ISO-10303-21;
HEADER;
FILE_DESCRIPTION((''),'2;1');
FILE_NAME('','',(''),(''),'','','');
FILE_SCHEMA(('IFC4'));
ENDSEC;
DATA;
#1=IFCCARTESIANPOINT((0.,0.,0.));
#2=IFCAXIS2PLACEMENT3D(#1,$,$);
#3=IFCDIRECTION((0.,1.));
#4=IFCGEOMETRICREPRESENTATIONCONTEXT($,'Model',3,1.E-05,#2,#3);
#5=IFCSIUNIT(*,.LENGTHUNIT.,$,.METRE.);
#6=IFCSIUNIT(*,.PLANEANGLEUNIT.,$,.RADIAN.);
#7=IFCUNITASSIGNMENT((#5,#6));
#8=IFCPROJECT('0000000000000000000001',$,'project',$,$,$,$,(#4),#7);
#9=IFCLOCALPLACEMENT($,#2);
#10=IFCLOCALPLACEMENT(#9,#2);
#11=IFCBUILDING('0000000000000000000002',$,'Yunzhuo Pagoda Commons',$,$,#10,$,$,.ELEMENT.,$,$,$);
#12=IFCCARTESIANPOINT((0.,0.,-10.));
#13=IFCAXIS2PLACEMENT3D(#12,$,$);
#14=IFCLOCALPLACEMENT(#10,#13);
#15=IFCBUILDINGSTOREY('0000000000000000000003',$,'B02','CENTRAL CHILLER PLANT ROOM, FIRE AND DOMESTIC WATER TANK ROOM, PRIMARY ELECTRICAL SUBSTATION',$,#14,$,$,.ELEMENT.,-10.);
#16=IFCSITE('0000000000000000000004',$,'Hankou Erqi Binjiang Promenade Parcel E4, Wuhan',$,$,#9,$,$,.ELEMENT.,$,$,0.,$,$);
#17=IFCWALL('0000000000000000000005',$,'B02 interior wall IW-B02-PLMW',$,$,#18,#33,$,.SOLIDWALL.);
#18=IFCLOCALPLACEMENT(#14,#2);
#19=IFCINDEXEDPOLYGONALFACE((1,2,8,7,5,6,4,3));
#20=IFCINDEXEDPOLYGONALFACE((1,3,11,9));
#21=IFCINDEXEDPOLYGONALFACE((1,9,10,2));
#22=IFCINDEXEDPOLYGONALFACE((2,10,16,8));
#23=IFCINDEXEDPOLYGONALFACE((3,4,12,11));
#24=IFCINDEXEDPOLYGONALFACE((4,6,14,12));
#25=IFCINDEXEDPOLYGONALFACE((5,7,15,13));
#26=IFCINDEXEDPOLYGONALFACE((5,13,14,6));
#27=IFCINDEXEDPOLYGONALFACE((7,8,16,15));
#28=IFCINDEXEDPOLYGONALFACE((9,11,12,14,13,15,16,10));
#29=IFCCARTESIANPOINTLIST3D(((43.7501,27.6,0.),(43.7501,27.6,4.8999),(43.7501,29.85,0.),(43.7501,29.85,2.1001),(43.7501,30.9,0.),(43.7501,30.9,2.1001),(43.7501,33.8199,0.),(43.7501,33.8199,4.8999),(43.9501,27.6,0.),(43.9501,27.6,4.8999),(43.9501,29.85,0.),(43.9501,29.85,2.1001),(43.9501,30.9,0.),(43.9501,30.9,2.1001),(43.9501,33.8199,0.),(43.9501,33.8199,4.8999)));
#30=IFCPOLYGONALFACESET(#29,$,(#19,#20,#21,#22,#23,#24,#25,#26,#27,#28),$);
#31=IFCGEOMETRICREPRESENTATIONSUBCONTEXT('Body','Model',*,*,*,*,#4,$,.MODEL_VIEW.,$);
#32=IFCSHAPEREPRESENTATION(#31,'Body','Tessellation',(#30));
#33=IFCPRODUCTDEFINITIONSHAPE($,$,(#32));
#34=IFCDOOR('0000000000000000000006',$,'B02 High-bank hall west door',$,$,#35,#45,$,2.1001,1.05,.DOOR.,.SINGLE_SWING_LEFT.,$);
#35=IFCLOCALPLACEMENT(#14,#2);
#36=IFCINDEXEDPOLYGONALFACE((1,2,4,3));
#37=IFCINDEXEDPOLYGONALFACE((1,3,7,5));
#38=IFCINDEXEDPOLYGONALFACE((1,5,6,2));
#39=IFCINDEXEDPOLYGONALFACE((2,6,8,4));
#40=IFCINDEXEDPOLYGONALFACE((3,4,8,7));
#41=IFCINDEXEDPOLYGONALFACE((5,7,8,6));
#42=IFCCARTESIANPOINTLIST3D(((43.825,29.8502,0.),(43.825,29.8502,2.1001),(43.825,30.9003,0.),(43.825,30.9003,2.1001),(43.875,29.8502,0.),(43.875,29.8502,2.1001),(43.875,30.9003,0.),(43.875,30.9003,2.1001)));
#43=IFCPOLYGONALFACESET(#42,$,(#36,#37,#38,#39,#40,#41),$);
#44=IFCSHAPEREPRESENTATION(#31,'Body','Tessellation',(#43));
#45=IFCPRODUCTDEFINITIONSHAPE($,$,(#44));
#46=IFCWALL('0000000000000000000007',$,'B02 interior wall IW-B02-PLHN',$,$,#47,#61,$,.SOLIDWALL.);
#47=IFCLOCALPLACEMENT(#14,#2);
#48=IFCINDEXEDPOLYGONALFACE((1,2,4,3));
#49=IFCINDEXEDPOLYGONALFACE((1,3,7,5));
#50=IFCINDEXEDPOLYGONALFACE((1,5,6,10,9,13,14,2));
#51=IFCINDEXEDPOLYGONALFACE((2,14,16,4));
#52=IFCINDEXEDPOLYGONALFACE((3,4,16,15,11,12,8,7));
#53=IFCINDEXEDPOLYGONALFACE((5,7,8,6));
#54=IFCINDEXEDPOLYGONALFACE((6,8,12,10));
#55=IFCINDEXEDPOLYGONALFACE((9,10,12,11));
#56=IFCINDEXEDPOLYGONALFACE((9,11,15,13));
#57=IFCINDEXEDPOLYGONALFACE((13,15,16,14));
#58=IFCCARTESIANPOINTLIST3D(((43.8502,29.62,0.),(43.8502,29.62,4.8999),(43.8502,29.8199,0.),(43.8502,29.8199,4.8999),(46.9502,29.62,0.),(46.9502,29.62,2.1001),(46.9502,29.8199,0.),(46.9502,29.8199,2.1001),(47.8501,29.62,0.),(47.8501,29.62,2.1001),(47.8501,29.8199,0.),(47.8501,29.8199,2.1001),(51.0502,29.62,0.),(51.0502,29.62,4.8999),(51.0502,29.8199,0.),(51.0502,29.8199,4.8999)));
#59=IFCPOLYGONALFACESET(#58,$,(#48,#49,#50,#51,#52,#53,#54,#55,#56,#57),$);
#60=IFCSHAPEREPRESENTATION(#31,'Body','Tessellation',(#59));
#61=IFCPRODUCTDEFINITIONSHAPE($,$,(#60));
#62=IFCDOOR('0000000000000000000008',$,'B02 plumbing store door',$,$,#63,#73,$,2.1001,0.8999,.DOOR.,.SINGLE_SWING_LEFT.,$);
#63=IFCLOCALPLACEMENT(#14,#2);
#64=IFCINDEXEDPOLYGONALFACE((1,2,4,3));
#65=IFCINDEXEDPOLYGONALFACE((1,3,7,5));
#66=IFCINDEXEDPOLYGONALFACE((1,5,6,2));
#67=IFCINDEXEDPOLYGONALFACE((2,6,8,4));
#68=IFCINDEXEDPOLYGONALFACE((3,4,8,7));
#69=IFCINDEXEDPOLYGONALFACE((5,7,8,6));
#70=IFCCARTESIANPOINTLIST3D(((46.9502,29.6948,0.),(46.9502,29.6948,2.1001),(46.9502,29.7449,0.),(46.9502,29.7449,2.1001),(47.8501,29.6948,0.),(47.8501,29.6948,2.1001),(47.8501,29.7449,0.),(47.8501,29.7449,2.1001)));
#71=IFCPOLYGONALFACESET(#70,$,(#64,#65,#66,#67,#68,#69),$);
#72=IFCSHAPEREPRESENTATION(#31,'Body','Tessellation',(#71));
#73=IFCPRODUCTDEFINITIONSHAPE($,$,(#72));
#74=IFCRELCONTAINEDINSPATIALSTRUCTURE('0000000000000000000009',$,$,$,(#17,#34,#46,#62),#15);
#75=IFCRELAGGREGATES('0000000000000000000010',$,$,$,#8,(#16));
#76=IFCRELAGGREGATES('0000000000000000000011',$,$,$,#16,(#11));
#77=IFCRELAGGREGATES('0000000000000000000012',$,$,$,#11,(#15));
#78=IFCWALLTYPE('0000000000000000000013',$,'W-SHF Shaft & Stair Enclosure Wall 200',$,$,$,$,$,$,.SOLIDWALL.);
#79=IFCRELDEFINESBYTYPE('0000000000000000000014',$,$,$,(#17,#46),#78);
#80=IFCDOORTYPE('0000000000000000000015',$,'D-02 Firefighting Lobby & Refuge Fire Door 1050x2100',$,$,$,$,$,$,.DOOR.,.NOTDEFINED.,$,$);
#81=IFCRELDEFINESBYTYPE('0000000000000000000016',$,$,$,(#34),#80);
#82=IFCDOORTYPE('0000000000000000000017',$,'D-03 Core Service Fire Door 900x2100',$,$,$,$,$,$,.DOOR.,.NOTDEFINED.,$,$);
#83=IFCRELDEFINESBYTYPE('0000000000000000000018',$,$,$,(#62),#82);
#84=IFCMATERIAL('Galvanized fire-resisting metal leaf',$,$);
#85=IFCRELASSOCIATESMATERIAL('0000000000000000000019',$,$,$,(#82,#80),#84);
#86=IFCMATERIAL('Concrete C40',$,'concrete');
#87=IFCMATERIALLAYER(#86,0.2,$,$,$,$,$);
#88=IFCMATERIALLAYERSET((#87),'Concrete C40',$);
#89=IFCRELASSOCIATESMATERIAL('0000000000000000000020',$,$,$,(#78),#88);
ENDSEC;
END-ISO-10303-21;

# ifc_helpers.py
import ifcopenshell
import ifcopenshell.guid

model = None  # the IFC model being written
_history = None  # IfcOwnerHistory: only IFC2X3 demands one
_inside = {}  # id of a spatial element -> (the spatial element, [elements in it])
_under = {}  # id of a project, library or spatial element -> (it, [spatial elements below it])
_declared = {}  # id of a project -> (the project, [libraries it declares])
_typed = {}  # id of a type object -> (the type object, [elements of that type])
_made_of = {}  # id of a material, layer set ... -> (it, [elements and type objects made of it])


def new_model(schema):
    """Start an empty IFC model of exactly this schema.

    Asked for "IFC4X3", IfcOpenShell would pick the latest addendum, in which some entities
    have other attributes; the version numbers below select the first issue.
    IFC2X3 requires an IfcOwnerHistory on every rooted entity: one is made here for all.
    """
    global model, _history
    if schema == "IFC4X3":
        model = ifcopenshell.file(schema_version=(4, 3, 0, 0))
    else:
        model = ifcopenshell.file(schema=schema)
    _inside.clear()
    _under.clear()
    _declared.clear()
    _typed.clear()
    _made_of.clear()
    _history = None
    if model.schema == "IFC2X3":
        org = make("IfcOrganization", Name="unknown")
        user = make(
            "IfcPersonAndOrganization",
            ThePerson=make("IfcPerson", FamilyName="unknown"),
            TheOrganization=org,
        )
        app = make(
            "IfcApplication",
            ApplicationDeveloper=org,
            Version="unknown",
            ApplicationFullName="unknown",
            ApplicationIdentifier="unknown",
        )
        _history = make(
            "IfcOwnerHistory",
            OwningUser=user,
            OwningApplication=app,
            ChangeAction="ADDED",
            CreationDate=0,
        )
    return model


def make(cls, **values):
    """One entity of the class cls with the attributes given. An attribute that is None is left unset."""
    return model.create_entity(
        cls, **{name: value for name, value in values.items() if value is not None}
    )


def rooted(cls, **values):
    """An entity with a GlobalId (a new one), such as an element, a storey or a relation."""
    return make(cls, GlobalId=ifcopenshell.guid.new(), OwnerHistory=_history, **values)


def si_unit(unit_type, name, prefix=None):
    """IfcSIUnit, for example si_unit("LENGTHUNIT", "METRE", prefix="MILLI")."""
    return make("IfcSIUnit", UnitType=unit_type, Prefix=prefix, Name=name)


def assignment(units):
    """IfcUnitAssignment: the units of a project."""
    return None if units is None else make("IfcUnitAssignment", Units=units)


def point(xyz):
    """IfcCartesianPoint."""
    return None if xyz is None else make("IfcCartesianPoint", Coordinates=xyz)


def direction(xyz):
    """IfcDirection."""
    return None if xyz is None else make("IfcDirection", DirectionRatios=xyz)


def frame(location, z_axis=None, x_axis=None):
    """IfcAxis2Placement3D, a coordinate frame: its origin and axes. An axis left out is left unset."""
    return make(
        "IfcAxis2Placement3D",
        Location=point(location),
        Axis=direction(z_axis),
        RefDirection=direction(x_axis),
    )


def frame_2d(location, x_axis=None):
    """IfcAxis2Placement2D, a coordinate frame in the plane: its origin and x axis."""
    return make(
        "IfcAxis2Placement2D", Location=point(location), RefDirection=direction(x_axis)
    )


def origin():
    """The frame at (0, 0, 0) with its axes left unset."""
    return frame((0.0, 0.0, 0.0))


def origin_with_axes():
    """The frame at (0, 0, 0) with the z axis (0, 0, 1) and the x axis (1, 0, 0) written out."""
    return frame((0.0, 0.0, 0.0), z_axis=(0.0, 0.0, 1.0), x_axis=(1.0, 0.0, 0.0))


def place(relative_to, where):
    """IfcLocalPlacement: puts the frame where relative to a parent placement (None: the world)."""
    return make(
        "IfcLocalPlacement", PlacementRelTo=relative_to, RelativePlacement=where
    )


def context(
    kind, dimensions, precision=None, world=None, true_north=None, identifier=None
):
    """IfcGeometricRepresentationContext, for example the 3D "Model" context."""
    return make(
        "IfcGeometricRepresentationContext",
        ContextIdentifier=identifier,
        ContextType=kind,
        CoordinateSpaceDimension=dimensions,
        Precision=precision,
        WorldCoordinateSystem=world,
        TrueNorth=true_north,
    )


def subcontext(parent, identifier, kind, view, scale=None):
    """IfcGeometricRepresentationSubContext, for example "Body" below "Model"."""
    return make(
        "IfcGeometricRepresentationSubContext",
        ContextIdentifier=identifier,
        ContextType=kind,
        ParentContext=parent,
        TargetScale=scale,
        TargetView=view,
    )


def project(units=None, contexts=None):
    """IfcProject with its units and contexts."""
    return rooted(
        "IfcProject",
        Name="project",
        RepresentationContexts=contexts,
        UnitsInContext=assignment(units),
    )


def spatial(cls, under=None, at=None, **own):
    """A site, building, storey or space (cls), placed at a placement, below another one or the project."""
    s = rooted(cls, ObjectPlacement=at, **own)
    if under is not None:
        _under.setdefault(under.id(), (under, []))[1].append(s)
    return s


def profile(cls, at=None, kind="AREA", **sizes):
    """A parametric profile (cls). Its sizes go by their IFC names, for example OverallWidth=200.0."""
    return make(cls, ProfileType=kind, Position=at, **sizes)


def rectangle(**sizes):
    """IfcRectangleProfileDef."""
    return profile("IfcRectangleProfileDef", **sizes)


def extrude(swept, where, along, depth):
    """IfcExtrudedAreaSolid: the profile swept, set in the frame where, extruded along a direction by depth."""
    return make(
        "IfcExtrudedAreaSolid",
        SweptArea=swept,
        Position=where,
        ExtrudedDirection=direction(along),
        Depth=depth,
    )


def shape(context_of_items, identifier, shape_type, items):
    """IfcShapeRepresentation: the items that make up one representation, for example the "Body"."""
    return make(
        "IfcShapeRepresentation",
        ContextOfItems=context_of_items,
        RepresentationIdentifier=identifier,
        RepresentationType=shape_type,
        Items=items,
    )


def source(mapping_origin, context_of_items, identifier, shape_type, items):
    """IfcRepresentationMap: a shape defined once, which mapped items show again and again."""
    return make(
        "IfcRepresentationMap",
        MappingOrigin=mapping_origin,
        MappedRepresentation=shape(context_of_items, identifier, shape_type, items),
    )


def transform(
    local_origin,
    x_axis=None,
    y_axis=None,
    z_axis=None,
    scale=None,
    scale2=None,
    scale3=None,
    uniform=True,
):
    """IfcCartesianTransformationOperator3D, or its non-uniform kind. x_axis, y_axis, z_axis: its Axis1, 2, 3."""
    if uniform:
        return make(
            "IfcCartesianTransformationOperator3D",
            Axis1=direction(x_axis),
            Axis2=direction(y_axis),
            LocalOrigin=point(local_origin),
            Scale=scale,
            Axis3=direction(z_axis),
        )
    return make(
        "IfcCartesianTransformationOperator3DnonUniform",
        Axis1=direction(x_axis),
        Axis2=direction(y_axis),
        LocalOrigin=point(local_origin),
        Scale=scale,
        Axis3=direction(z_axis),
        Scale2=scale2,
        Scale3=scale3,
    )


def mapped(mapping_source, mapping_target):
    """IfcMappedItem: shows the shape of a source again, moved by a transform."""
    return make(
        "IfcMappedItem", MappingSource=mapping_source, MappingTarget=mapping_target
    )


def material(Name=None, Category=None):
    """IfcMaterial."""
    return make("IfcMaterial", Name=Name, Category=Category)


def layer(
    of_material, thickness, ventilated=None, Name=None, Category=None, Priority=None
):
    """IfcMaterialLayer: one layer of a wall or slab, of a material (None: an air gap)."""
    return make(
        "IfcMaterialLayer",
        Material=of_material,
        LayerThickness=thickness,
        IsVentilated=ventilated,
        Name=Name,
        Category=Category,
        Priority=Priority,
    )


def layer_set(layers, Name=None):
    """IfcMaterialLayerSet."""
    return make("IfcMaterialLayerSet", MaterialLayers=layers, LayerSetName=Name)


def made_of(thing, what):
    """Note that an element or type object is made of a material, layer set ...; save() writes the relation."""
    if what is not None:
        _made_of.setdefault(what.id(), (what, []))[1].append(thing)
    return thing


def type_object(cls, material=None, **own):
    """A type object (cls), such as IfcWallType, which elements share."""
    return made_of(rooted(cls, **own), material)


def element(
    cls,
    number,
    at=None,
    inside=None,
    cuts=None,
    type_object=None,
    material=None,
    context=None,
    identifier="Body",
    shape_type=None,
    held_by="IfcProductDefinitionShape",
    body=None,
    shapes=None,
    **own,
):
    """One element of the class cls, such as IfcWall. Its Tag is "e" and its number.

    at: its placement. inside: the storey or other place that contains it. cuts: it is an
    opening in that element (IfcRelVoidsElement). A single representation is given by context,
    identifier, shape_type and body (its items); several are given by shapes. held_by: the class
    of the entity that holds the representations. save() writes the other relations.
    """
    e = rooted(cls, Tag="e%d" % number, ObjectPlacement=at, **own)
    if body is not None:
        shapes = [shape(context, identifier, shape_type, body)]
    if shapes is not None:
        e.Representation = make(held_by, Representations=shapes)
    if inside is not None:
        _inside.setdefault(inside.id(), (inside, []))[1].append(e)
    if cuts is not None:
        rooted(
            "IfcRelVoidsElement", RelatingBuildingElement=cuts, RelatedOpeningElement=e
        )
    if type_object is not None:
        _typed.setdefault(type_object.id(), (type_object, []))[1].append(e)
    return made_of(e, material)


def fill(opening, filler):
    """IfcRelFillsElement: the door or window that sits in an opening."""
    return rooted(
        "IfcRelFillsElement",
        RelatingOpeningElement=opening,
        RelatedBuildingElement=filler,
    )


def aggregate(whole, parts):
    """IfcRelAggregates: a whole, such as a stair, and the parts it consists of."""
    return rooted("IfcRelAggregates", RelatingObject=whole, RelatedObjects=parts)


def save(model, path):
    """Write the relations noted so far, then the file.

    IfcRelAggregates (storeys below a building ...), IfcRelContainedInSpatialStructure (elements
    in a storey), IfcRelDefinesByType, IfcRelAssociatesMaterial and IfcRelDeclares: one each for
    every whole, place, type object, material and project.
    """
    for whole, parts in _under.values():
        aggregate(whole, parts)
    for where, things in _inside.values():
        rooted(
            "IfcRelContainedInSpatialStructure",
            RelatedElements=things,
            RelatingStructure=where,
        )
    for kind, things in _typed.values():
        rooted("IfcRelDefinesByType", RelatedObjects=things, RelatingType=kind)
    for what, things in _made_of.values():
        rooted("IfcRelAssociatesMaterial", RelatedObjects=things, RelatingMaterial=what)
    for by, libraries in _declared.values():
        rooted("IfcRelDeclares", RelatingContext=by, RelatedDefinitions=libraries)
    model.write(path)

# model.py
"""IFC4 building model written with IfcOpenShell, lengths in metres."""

from ifc_helpers import new_model, si_unit, direction, frame, frame_2d, origin, origin_with_axes, place, context, subcontext, project, spatial, rectangle, extrude, source, transform, mapped, material, layer, layer_set, type_object, element, fill, save


model = new_model("IFC4")

# Units and contexts
model_context = context("Model", 3, precision=1e-05, world=origin(), true_north=direction((0.0, 1.0)))
body_context = subcontext(model_context, "Body", "Model", "MODEL_VIEW")
ifc_project = project(units=[si_unit("LENGTHUNIT", "METRE"), si_unit("PLANEANGLEUNIT", "RADIAN")], contexts=[model_context])

# Site, building, storey
site_placement = place(None, origin())
site = spatial("IfcSite", under=ifc_project, at=site_placement, Name="Hankou Erqi Binjiang Promenade Parcel E4, Wuhan", CompositionType="ELEMENT", RefElevation=0.0)
building_placement = place(site_placement, origin())
building = spatial("IfcBuilding", under=site, at=building_placement, Name="Yunzhuo Pagoda Commons", CompositionType="ELEMENT")
storey_placement = place(building_placement, frame((0.0, 0.0, -10.0)))
storey = spatial("IfcBuildingStorey", under=building, at=storey_placement, Name="B02", Description="CENTRAL CHILLER PLANT ROOM, FIRE AND DOMESTIC WATER TANK ROOM, PRIMARY ELECTRICAL SUBSTATION", CompositionType="ELEMENT", Elevation=-10.0)

# Shared definitions
ifc_material_1 = material(Name="Concrete C40", Category="concrete")

# Shared definitions
ifc_material_2 = material(Name="Galvanized fire-resisting metal leaf")
door_type_1 = type_object("IfcDoorType", Name="D-03 Core Service Fire Door 900x2100", OperationType="NOTDEFINED", PredefinedType="DOOR", material=ifc_material_2)
shared_shape_1 = source(origin(), body_context, "Body", "SweptSolid", [
    extrude(rectangle(XDim=0.8999, YDim=2.1001, at=frame_2d((0.45, 1.05))), frame((0.0, 0.0249, 0.0), z_axis=(0.0, -1.0, 0.0), x_axis=(1.0, 0.0, 0.0)), (0.0, 0.0, 1.0), 0.05),
])

# Walls, openings, doors
ifc_layer_1 = layer(ifc_material_1, 0.2)
ifc_layer_set_1 = layer_set([ifc_layer_1], Name="Concrete C40")
wall_type_1 = type_object("IfcWallType", Name="W-SHF Shaft & Stair Enclosure Wall 200", PredefinedType="SOLIDWALL", material=ifc_layer_set_1)
wall_1_placement = place(storey_placement, frame((43.8501, 27.6001, 0.0), z_axis=(0.0, 0.0, 1.0), x_axis=(0.0, 1.0, 0.0)))
wall_1 = element("IfcWall", 1, at=wall_1_placement, inside=storey, type_object=wall_type_1, Name="B02 interior wall IW-B02-PLMW", PredefinedType="SOLIDWALL", context=body_context, shape_type="SweptSolid", body=[
    extrude(rectangle(XDim=6.22, YDim=0.2, at=frame_2d((3.1099, 0.0))), origin(), (0.0, 0.0, 1.0), 4.8999),
])
opening_1_placement = place(wall_1_placement, frame((2.25, 0.0, 0.0)))
opening_1 = element("IfcOpeningElement", 2, at=opening_1_placement, cuts=wall_1, PredefinedType="OPENING", context=body_context, shape_type="SweptSolid", body=[
    extrude(rectangle(XDim=1.05, YDim=2.1001, at=frame_2d((0.5249, 1.05))), frame((0.0, 0.1099, 0.0), z_axis=(0.0, -1.0, 0.0), x_axis=(1.0, 0.0, 0.0)), (0.0, 0.0, 1.0), 0.22),
])
door_type_2 = type_object("IfcDoorType", Name="D-02 Firefighting Lobby & Refuge Fire Door 1050x2100", OperationType="NOTDEFINED", PredefinedType="DOOR", material=ifc_material_2)
shared_shape_2 = source(origin(), body_context, "Body", "SweptSolid", [
    extrude(rectangle(XDim=1.05, YDim=2.1001, at=frame_2d((0.5249, 1.05))), frame((0.0, 0.0249, 0.0), z_axis=(0.0, -1.0, 0.0), x_axis=(1.0, 0.0, 0.0)), (0.0, 0.0, 1.0), 0.05),
])
door_1_placement = place(opening_1_placement, frame((1.05, 0.0, 0.0), z_axis=(0.0, 0.0, 1.0), x_axis=(-1.0, 0.0, 0.0)))
door_1 = element("IfcDoor", 3, at=door_1_placement, inside=storey, type_object=door_type_2, Name="B02 High-bank hall west door", OperationType="SINGLE_SWING_LEFT", OverallHeight=2.1001, OverallWidth=1.05, PredefinedType="DOOR", context=body_context, shape_type="MappedRepresentation", body=[
    mapped(shared_shape_2, transform((0.0, 0.0, 0.0), scale=1.0)),
])
fill(opening_1, door_1)
wall_2_placement = place(storey_placement, frame((43.8501, 29.72, 0.0), z_axis=(0.0, 0.0, 1.0), x_axis=(1.0, 0.0, 0.0)))
wall_2 = element("IfcWall", 4, at=wall_2_placement, inside=storey, type_object=wall_type_1, Name="B02 interior wall IW-B02-PLHN", PredefinedType="SOLIDWALL", context=body_context, shape_type="SweptSolid", body=[
    extrude(rectangle(XDim=7.2, YDim=0.2, at=frame_2d((3.6001, 0.0))), origin(), (0.0, 0.0, 1.0), 4.8999),
])
opening_2_placement = place(wall_2_placement, frame((3.1001, 0.0, 0.0)))
opening_2 = element("IfcOpeningElement", 5, at=opening_2_placement, cuts=wall_2, PredefinedType="OPENING", context=body_context, shape_type="SweptSolid", body=[
    extrude(rectangle(XDim=0.8999, YDim=2.1001, at=frame_2d((0.45, 1.05))), frame((0.0, 0.1099, 0.0), z_axis=(0.0, -1.0, 0.0), x_axis=(1.0, 0.0, 0.0)), (0.0, 0.0, 1.0), 0.22),
])
door_2_placement = place(opening_2_placement, origin_with_axes())
door_2 = element("IfcDoor", 6, at=door_2_placement, inside=storey, type_object=door_type_1, Name="B02 plumbing store door", OperationType="SINGLE_SWING_LEFT", OverallHeight=2.1001, OverallWidth=0.8999, PredefinedType="DOOR", context=body_context, shape_type="MappedRepresentation", body=[
    mapped(shared_shape_1, transform((0.0, 0.0, 0.0), scale=1.0)),
])
fill(opening_2, door_2)

save(model, "model.ifc")
